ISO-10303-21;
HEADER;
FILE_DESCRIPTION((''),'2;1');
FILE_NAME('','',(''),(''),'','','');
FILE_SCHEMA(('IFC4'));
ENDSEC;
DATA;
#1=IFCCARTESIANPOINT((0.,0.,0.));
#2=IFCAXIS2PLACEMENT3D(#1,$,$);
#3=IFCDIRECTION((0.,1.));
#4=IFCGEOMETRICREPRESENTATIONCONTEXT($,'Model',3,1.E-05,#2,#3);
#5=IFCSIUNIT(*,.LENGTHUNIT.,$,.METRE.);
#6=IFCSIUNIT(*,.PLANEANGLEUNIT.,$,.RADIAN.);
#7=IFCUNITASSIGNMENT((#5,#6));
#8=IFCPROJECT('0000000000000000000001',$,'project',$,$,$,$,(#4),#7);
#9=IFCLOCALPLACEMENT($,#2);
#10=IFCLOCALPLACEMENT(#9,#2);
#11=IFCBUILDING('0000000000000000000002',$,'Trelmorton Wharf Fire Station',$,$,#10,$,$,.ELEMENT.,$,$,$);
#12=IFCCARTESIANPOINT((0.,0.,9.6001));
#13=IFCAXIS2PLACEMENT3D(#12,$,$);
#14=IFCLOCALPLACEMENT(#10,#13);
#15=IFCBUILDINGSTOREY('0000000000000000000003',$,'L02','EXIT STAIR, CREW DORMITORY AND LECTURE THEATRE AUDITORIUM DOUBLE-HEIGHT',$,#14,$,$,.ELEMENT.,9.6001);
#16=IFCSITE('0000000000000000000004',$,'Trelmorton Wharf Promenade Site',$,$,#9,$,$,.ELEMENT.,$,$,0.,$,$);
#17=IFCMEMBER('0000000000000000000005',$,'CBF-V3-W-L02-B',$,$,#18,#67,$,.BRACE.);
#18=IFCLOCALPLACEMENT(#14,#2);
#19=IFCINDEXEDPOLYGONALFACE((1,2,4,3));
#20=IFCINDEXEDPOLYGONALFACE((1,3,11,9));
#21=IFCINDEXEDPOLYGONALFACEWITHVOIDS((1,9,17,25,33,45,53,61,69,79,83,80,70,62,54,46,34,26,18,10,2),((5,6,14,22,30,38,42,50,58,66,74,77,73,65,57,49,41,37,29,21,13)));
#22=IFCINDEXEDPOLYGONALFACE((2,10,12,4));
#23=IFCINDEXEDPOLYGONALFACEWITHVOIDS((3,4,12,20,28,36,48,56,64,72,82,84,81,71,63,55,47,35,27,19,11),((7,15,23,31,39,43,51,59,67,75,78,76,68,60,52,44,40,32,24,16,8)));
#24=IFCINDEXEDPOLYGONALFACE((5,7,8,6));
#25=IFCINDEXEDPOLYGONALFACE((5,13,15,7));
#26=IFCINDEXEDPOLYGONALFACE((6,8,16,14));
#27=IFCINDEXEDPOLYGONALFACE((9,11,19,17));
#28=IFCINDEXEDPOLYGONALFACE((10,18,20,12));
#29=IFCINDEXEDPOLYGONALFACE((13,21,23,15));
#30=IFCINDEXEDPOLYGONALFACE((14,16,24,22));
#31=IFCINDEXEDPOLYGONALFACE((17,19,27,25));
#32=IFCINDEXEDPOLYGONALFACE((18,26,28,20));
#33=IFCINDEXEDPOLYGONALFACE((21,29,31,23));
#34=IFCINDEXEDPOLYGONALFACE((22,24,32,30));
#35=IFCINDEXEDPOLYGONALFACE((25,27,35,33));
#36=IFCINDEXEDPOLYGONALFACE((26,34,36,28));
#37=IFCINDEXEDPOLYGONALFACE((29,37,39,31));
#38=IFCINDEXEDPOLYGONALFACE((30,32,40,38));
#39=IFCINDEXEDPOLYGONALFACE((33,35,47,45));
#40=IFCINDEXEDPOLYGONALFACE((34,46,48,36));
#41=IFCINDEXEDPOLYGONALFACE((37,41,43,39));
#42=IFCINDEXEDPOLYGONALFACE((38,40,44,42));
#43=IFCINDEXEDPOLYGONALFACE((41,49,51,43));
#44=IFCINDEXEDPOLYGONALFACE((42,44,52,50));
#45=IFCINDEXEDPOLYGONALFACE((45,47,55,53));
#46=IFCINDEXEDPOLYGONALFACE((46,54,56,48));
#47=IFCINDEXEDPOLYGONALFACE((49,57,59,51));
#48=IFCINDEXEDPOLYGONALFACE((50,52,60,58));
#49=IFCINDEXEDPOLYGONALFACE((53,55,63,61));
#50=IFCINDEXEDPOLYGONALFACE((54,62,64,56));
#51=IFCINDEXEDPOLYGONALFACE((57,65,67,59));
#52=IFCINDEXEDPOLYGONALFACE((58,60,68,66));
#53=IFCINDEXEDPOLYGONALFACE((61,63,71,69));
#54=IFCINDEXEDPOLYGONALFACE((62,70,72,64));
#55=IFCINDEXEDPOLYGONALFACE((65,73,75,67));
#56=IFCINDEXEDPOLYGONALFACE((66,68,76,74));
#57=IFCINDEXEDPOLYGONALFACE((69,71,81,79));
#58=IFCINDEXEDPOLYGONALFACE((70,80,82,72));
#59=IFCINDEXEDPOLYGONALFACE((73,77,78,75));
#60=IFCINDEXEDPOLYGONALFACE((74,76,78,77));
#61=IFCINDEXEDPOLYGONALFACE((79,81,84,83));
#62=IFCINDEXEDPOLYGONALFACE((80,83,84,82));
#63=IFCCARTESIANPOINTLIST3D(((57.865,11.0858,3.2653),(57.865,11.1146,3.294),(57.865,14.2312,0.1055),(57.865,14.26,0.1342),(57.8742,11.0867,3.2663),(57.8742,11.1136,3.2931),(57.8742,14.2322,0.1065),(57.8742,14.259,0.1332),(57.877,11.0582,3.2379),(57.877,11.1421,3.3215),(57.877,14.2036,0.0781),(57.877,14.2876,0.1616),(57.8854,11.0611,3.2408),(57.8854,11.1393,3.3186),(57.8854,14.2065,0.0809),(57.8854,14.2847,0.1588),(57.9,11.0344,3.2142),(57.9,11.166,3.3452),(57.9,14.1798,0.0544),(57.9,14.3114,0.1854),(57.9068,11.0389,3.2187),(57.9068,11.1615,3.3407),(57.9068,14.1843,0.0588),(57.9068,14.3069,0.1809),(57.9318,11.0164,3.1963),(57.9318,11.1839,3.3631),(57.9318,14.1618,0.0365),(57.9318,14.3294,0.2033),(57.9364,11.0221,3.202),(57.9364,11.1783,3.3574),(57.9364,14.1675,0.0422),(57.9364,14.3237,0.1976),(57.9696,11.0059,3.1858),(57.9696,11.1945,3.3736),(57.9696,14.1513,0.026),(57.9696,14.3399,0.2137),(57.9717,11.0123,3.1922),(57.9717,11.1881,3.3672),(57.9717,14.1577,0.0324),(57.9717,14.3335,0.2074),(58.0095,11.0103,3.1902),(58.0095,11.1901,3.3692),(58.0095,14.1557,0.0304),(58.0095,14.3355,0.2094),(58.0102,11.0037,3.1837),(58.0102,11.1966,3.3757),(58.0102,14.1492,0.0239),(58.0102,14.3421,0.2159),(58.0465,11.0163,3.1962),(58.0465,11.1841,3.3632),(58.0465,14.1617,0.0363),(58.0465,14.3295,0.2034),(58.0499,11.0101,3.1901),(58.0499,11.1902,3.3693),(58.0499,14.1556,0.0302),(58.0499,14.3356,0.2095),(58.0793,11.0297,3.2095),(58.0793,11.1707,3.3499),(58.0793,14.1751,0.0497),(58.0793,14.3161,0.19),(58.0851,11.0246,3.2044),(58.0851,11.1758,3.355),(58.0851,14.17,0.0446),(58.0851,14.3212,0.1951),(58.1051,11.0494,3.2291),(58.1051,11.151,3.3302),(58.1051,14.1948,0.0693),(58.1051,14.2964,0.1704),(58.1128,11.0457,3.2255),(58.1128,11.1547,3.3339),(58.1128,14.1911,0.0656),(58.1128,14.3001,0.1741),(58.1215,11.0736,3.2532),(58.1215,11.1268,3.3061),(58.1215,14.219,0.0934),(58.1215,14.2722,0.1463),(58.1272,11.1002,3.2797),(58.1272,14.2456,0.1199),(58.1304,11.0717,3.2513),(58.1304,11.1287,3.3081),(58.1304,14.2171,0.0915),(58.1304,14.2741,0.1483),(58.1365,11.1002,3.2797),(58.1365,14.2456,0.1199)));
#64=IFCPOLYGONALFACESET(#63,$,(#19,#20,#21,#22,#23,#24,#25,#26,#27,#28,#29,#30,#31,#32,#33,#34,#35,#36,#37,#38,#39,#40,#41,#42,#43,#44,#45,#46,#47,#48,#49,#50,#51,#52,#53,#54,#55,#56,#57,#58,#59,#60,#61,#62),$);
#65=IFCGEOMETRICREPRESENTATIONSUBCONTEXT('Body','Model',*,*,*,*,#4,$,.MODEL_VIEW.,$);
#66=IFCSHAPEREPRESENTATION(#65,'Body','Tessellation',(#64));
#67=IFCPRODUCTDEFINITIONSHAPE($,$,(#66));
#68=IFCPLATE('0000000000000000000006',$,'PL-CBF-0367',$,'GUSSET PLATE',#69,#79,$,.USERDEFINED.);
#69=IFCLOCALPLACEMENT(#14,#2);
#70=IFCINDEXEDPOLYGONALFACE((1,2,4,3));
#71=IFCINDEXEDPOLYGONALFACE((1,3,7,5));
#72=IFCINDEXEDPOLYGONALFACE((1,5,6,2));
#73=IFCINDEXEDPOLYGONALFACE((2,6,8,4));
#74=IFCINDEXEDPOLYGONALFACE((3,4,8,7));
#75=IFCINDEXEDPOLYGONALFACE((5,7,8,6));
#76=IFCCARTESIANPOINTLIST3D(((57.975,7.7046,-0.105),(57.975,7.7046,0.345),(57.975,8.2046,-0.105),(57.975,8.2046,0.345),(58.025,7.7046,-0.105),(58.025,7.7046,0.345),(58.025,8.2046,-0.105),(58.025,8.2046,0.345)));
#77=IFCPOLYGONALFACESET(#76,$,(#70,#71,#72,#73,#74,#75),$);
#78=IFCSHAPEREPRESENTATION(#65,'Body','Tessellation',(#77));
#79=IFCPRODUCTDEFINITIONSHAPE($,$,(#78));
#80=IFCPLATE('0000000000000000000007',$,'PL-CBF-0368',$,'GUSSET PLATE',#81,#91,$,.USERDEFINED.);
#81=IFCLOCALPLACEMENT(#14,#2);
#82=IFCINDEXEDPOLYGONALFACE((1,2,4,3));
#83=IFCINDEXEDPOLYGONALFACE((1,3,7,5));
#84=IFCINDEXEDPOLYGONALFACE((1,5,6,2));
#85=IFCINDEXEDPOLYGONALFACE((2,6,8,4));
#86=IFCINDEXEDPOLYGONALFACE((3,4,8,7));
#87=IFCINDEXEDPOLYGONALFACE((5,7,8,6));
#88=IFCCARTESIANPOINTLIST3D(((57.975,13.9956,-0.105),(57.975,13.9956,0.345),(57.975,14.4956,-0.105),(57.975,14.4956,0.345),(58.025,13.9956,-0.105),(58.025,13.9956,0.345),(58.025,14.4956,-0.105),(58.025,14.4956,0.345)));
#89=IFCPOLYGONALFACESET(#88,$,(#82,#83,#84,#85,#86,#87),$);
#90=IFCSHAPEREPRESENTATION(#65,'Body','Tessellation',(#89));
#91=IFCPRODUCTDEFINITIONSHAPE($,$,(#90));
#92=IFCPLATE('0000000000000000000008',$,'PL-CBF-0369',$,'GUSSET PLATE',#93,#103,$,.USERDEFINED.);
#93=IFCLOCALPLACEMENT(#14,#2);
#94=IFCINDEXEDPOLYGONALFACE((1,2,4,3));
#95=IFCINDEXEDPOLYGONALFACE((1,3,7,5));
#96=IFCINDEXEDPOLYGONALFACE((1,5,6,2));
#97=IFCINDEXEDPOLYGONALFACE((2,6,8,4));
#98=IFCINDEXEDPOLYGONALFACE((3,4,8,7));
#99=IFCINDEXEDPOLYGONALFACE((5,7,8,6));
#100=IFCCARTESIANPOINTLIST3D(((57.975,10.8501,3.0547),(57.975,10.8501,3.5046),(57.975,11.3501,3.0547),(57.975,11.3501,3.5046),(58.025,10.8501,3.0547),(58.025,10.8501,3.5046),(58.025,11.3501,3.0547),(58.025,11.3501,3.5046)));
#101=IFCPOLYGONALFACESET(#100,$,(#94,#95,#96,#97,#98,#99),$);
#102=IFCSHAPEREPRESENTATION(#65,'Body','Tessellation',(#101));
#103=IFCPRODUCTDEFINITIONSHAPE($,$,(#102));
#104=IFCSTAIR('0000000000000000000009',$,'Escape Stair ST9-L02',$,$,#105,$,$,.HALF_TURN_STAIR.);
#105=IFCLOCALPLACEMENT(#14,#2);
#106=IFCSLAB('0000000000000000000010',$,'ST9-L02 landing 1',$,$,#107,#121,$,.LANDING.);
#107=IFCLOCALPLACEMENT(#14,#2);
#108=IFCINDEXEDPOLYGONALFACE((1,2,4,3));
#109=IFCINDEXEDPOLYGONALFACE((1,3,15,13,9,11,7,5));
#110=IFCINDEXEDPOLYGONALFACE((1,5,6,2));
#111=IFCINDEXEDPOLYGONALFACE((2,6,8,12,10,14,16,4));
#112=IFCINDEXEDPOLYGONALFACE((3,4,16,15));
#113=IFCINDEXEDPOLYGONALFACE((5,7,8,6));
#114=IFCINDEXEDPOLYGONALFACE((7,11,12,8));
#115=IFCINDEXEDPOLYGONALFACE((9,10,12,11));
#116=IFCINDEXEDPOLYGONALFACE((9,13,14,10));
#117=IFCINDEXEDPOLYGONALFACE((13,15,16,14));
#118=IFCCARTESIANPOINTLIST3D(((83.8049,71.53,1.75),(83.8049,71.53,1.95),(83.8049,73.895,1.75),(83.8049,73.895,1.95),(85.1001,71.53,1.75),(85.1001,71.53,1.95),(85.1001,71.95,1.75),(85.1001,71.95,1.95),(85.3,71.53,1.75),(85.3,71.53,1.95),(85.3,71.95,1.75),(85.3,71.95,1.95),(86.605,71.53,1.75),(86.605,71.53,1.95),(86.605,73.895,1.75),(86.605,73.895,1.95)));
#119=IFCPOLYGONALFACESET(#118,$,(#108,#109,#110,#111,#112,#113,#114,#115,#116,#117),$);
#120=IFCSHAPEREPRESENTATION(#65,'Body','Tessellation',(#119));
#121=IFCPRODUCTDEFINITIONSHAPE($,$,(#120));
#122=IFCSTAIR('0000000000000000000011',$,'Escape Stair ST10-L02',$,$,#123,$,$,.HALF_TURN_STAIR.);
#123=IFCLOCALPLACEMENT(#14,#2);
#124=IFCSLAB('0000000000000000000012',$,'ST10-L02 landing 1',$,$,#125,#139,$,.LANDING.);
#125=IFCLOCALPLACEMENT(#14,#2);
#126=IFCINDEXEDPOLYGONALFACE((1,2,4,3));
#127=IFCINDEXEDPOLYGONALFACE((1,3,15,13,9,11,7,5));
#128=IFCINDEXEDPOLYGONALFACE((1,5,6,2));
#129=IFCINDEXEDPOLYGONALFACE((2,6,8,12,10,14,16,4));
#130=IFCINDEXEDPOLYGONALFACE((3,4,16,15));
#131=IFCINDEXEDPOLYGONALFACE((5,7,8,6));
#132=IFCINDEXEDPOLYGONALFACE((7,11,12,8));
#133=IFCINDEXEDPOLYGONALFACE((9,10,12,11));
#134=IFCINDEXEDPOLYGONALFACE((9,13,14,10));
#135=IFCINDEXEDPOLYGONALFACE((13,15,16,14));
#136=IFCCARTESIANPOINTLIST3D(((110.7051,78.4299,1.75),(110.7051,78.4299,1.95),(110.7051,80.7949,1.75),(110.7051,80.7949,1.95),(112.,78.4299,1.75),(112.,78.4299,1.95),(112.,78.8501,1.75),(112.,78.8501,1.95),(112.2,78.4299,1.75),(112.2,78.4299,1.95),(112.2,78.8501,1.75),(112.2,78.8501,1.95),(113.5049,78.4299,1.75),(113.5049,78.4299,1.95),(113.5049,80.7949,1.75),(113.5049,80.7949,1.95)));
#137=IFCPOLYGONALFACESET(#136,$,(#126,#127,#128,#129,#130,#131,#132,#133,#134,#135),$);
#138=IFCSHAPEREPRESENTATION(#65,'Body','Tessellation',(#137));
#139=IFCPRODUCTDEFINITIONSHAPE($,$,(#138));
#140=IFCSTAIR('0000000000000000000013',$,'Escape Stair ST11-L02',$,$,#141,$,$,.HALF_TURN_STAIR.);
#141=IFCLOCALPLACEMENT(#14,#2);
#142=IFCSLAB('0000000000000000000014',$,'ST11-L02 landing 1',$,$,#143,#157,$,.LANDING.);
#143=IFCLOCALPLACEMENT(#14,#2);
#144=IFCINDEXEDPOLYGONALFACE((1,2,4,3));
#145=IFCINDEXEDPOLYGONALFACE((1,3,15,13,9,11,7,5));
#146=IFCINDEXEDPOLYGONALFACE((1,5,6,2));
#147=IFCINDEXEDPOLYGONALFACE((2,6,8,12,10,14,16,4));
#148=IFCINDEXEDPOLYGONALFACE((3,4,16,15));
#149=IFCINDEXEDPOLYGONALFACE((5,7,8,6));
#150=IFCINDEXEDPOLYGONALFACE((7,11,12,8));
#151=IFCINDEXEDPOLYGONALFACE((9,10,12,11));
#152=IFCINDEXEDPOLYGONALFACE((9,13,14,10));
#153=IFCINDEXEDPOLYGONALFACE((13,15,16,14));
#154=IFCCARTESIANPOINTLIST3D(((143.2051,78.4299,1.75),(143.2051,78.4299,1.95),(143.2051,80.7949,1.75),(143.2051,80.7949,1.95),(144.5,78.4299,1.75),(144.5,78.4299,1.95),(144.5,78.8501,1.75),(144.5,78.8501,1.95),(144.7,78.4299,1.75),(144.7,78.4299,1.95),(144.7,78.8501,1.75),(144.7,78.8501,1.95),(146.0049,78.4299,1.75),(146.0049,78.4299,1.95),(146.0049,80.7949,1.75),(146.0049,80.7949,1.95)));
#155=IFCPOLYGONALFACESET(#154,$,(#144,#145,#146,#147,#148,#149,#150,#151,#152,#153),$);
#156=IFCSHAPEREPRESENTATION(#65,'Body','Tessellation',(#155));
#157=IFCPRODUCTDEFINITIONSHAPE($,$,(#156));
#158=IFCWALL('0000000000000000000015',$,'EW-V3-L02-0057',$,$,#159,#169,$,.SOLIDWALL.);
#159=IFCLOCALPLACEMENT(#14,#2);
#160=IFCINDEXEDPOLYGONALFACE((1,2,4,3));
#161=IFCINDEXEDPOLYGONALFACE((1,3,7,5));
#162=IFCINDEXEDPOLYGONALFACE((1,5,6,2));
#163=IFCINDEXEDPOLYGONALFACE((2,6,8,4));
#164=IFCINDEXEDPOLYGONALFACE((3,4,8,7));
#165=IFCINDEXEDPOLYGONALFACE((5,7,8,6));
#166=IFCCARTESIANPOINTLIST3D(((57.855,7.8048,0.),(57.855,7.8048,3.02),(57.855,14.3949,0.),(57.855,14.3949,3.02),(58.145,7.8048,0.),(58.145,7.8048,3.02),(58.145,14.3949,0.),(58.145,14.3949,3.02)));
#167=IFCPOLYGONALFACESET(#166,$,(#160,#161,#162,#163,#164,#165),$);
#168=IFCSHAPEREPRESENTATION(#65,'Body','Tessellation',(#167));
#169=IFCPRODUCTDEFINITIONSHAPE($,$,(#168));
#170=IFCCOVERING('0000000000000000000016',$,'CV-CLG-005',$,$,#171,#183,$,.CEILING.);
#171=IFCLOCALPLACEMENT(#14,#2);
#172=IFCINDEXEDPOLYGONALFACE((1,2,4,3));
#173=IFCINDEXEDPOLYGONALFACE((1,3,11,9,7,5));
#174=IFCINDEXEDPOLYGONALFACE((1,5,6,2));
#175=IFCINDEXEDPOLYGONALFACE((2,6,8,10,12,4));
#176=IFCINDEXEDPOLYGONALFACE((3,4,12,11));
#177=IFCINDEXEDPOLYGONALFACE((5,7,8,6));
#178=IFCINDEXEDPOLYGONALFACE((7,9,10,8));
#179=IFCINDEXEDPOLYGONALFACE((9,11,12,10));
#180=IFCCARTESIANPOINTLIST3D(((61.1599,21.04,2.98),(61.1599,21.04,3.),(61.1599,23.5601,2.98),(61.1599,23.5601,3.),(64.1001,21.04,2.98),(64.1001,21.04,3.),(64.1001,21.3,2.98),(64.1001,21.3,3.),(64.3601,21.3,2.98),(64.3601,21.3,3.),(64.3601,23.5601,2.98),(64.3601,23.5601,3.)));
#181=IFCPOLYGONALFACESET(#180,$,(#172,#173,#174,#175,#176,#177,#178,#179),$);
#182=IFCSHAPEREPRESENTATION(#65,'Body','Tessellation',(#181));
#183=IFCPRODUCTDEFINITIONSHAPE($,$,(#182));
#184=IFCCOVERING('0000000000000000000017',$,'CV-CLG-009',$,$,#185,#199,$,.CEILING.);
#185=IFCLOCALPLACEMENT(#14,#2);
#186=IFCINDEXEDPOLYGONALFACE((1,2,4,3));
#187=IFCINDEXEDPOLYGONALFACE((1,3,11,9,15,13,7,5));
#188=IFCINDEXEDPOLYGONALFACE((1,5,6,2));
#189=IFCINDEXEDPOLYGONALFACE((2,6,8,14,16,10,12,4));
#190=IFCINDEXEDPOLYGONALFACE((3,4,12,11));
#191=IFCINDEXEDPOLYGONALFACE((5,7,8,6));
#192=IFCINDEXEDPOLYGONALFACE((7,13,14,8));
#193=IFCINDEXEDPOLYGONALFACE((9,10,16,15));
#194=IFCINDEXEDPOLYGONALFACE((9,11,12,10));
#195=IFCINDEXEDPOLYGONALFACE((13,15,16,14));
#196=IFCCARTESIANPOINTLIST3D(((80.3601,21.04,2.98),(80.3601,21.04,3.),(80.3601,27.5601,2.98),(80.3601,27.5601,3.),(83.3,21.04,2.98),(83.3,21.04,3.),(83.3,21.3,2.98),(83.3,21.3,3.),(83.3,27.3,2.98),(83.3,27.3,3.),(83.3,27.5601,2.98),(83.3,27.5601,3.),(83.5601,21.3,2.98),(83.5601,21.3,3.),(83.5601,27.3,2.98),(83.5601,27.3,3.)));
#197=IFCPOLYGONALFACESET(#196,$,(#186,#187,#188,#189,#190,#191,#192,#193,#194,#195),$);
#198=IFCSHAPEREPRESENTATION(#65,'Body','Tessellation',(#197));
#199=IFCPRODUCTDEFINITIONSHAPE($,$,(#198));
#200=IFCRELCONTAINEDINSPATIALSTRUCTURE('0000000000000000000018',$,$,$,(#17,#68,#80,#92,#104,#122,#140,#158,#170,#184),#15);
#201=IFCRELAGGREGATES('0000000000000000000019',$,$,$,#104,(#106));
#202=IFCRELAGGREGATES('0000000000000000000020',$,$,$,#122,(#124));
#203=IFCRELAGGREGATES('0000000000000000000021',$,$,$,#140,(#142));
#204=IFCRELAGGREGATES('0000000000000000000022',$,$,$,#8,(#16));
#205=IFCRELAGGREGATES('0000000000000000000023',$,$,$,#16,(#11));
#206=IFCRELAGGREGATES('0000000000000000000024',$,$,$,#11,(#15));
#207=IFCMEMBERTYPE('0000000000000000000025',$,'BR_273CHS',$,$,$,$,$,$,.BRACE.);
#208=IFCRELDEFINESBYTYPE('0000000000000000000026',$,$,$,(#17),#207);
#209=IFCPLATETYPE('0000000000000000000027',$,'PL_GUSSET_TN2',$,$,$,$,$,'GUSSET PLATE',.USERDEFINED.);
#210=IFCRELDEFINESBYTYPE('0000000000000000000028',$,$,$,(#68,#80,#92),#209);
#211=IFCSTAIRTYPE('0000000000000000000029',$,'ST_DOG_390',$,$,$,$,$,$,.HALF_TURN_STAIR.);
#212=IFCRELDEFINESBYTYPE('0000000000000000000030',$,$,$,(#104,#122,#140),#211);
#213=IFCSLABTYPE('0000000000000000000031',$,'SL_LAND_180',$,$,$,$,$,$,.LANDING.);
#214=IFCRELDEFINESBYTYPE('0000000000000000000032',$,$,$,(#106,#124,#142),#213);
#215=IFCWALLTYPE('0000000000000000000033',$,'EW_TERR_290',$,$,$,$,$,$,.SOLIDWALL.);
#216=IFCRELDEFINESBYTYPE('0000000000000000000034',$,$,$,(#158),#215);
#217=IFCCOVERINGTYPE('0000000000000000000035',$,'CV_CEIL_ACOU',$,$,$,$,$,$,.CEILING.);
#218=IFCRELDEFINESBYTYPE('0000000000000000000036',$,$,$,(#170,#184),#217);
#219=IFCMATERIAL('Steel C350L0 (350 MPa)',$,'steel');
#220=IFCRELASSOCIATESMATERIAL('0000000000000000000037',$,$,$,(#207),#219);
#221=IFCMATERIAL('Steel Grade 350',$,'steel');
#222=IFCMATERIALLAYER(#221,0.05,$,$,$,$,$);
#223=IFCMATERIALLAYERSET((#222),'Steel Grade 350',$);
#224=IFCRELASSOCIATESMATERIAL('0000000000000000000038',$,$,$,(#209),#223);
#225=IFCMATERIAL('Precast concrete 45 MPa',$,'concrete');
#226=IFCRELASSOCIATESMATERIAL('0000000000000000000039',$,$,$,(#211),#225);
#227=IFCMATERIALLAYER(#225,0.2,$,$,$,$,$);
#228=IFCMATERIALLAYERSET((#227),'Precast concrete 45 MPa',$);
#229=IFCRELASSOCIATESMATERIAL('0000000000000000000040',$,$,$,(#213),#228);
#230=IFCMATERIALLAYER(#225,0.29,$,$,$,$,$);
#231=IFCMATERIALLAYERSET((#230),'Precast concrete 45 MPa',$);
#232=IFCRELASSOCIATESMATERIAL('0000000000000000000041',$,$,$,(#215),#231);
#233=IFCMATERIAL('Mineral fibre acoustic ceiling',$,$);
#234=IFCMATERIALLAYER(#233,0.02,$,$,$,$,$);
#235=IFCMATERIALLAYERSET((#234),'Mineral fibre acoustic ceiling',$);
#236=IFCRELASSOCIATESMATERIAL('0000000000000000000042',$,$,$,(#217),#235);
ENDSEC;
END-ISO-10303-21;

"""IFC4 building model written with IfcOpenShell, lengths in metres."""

from ifc_helpers import new_model, si_unit, direction, frame, frame_2d, origin, origin_2d, place, context, subcontext, project, spatial, polyline, rectangle, hollow_circle, outline, extrude, material, layer, layer_set, material_profile, profile_set, type_object, element, aggregate, save


model = new_model("IFC4")

# Units and contexts
model_context = context("Model", 3, precision=1e-05, world=origin(), true_north=direction((0.0, 1.0)))
body_context = subcontext(model_context, "Body", "Model", "MODEL_VIEW")
ifc_project = project(units=[si_unit("LENGTHUNIT", "METRE"), si_unit("PLANEANGLEUNIT", "RADIAN")], contexts=[model_context])

# Site, building, storey
site_placement = place(None, origin())
site = spatial("IfcSite", under=ifc_project, at=site_placement, Name="Trelmorton Wharf Promenade Site", CompositionType="ELEMENT", RefElevation=0.0)
building_placement = place(site_placement, origin())
building = spatial("IfcBuilding", under=site, at=building_placement, Name="Trelmorton Wharf Fire Station", CompositionType="ELEMENT")
storey_placement = place(building_placement, frame((0.0, 0.0, 9.6001)))
storey = spatial("IfcBuildingStorey", under=building, at=storey_placement, Name="L02", Description="EXIT STAIR, CREW DORMITORY AND LECTURE THEATRE AUDITORIUM DOUBLE-HEIGHT", CompositionType="ELEMENT", Elevation=9.6001)

# Shared definitions
ifc_material_1 = material(Name="Steel Grade 350", Category="steel")

# Member
ifc_material_2 = material(Name="Steel C350L0 (350 MPa)", Category="steel")
ifc_material_profile_1 = material_profile(ifc_material_2, hollow_circle(Radius=0.1365, WallThickness=0.0093, at=origin_2d()), Name="273.1x9.3CHS")
ifc_profile_set_1 = profile_set([ifc_material_profile_1], Name="Steel C350L0 (350 MPa)")
member_type = type_object("IfcMemberType", Name="BR_273CHS", PredefinedType="BRACE", material=ifc_profile_set_1)
for number, where, z_axis, x_axis, name in (
    (1, (58.0, 14.2456, 0.1199), (0.0, -0.70549, 0.70872), (1.0, 0.0, 0.0), "CBF-V3-W-L02-B"),
):
    element("IfcMember", number, at=place(storey_placement, frame(where, z_axis=z_axis, x_axis=x_axis)), inside=storey, type_object=member_type, Name=name, PredefinedType="BRACE", context=body_context, shape_type="SweptSolid", body=[
        extrude(hollow_circle(Radius=0.1365, WallThickness=0.0093, at=origin_2d()), origin(), (0.0, 0.0, 1.0), 4.4585),
    ])

# Plates
ifc_layer_1 = layer(ifc_material_1, 0.05)
ifc_layer_set_1 = layer_set([ifc_layer_1], Name="Steel Grade 350")
plate_type = type_object("IfcPlateType", Name="PL_GUSSET_TN2", ElementType="GUSSET PLATE", PredefinedType="USERDEFINED", material=ifc_layer_set_1)
for number, where, z_axis, x_axis, name in (
    (2, (58.0, 7.9546, -0.105), (0.0, 0.0, 1.0), (1.0, 0.0, 0.0), "PL-CBF-0367"),
    (3, (58.0, 14.2456, -0.105), (0.0, 0.0, 1.0), (1.0, 0.0, 0.0), "PL-CBF-0368"),
    (4, (58.0, 11.1001, 3.0547), (0.0, 0.0, 1.0), (1.0, 0.0, 0.0), "PL-CBF-0369"),
):
    element("IfcPlate", number, at=place(storey_placement, frame(where, z_axis=z_axis, x_axis=x_axis)), inside=storey, type_object=plate_type, Name=name, ObjectType="GUSSET PLATE", PredefinedType="USERDEFINED", context=body_context, shape_type="SweptSolid", body=[
        extrude(rectangle(XDim=0.05, YDim=0.5, at=origin_2d()), origin(), (0.0, 0.0, 1.0), 0.45),
    ])

# Stairs, slabs
ifc_material_3 = material(Name="Precast concrete 45 MPa", Category="concrete")
stair_type = type_object("IfcStairType", Name="ST_DOG_390", PredefinedType="HALF_TURN_STAIR", material=ifc_material_3)
stair_1_placement = place(storey_placement, origin())
stair_1 = element("IfcStair", 5, at=stair_1_placement, inside=storey, type_object=stair_type, Name="Escape Stair ST9-L02", PredefinedType="HALF_TURN_STAIR")
ifc_layer_2 = layer(ifc_material_3, 0.2)
ifc_layer_set_2 = layer_set([ifc_layer_2], Name="Precast concrete 45 MPa")
slab_type = type_object("IfcSlabType", Name="SL_LAND_180", PredefinedType="LANDING", material=ifc_layer_set_2)
slab_1_placement = place(storey_placement, frame((0.0, 0.0, 1.75)))
slab_1 = element("IfcSlab", 6, at=slab_1_placement, type_object=slab_type, Name="ST9-L02 landing 1", PredefinedType="LANDING", context=body_context, shape_type="SweptSolid", body=[
    extrude(outline(polyline([(83.8049, 71.53), (85.1001, 71.53), (85.1001, 71.95), (85.3, 71.95), (85.3, 71.53), (86.605, 71.53), (86.605, 73.895), (83.8049, 73.895), (83.8049, 71.53)])), origin(), (0.0, 0.0, 1.0), 0.2),
])
aggregate(stair_1, [slab_1])
stair_2_placement = place(storey_placement, origin())
stair_2 = element("IfcStair", 7, at=stair_2_placement, inside=storey, type_object=stair_type, Name="Escape Stair ST10-L02", PredefinedType="HALF_TURN_STAIR")
slab_2_placement = place(storey_placement, frame((0.0, 0.0, 1.75)))
slab_2 = element("IfcSlab", 8, at=slab_2_placement, type_object=slab_type, Name="ST10-L02 landing 1", PredefinedType="LANDING", context=body_context, shape_type="SweptSolid", body=[
    extrude(outline(polyline([(110.7051, 78.4299), (112.0, 78.4299), (112.0, 78.8501), (112.2, 78.8501), (112.2, 78.4299), (113.5049, 78.4299), (113.5049, 80.7949), (110.7051, 80.7949), (110.7051, 78.4299)])), origin(), (0.0, 0.0, 1.0), 0.2),
])
aggregate(stair_2, [slab_2])
stair_3_placement = place(storey_placement, origin())
stair_3 = element("IfcStair", 9, at=stair_3_placement, inside=storey, type_object=stair_type, Name="Escape Stair ST11-L02", PredefinedType="HALF_TURN_STAIR")
slab_3_placement = place(storey_placement, frame((0.0, 0.0, 1.75)))
slab_3 = element("IfcSlab", 10, at=slab_3_placement, type_object=slab_type, Name="ST11-L02 landing 1", PredefinedType="LANDING", context=body_context, shape_type="SweptSolid", body=[
    extrude(outline(polyline([(143.2051, 78.4299), (144.5, 78.4299), (144.5, 78.8501), (144.7, 78.8501), (144.7, 78.4299), (146.0049, 78.4299), (146.0049, 80.7949), (143.2051, 80.7949), (143.2051, 78.4299)])), origin(), (0.0, 0.0, 1.0), 0.2),
])
aggregate(stair_3, [slab_3])

# Wall
ifc_layer_3 = layer(ifc_material_3, 0.29)
ifc_layer_set_3 = layer_set([ifc_layer_3], Name="Precast concrete 45 MPa")
wall_type = type_object("IfcWallType", Name="EW_TERR_290", PredefinedType="SOLIDWALL", material=ifc_layer_set_3)
wall_placement = place(storey_placement, frame((58.0, 7.8049, 0.0), z_axis=(0.0, 0.0, 1.0), x_axis=(0.0, 1.0, 0.0)))
element("IfcWall", 11, at=wall_placement, inside=storey, type_object=wall_type, Name="EW-V3-L02-0057", PredefinedType="SOLIDWALL", context=body_context, shape_type="SweptSolid", body=[
    extrude(rectangle(XDim=6.5901, YDim=0.29, at=frame_2d((3.2949, 0.0))), origin(), (0.0, 0.0, 1.0), 3.02),
])

# Coverings
ifc_material_4 = material(Name="Mineral fibre acoustic ceiling")
ifc_layer_4 = layer(ifc_material_4, 0.02)
ifc_layer_set_4 = layer_set([ifc_layer_4], Name="Mineral fibre acoustic ceiling")
covering_type_1 = type_object("IfcCoveringType", Name="CV_CEIL_ACOU", PredefinedType="CEILING", material=ifc_layer_set_4)
covering_1_placement = place(storey_placement, frame((0.0, 0.0, 2.98)))
element("IfcCovering", 12, at=covering_1_placement, inside=storey, type_object=covering_type_1, Name="CV-CLG-005", PredefinedType="CEILING", context=body_context, shape_type="SweptSolid", body=[
    extrude(outline(polyline([(61.1599, 21.04), (61.1599, 23.5601), (64.3601, 23.5601), (64.3601, 21.3), (64.1001, 21.3), (64.1001, 21.04), (61.1599, 21.04)])), origin(), (0.0, 0.0, 1.0), 0.02),
])
covering_2_placement = place(storey_placement, frame((0.0, 0.0, 2.98)))
element("IfcCovering", 13, at=covering_2_placement, inside=storey, type_object=covering_type_1, Name="CV-CLG-009", PredefinedType="CEILING", context=body_context, shape_type="SweptSolid", body=[
    extrude(outline(polyline([(80.3601, 27.5601), (83.3, 27.5601), (83.3, 27.3), (83.5601, 27.3), (83.5601, 21.3), (83.3, 21.3), (83.3, 21.04), (80.3601, 21.04), (80.3601, 27.5601)])), origin(), (0.0, 0.0, 1.0), 0.02),
])

save(model, "model.ifc")
